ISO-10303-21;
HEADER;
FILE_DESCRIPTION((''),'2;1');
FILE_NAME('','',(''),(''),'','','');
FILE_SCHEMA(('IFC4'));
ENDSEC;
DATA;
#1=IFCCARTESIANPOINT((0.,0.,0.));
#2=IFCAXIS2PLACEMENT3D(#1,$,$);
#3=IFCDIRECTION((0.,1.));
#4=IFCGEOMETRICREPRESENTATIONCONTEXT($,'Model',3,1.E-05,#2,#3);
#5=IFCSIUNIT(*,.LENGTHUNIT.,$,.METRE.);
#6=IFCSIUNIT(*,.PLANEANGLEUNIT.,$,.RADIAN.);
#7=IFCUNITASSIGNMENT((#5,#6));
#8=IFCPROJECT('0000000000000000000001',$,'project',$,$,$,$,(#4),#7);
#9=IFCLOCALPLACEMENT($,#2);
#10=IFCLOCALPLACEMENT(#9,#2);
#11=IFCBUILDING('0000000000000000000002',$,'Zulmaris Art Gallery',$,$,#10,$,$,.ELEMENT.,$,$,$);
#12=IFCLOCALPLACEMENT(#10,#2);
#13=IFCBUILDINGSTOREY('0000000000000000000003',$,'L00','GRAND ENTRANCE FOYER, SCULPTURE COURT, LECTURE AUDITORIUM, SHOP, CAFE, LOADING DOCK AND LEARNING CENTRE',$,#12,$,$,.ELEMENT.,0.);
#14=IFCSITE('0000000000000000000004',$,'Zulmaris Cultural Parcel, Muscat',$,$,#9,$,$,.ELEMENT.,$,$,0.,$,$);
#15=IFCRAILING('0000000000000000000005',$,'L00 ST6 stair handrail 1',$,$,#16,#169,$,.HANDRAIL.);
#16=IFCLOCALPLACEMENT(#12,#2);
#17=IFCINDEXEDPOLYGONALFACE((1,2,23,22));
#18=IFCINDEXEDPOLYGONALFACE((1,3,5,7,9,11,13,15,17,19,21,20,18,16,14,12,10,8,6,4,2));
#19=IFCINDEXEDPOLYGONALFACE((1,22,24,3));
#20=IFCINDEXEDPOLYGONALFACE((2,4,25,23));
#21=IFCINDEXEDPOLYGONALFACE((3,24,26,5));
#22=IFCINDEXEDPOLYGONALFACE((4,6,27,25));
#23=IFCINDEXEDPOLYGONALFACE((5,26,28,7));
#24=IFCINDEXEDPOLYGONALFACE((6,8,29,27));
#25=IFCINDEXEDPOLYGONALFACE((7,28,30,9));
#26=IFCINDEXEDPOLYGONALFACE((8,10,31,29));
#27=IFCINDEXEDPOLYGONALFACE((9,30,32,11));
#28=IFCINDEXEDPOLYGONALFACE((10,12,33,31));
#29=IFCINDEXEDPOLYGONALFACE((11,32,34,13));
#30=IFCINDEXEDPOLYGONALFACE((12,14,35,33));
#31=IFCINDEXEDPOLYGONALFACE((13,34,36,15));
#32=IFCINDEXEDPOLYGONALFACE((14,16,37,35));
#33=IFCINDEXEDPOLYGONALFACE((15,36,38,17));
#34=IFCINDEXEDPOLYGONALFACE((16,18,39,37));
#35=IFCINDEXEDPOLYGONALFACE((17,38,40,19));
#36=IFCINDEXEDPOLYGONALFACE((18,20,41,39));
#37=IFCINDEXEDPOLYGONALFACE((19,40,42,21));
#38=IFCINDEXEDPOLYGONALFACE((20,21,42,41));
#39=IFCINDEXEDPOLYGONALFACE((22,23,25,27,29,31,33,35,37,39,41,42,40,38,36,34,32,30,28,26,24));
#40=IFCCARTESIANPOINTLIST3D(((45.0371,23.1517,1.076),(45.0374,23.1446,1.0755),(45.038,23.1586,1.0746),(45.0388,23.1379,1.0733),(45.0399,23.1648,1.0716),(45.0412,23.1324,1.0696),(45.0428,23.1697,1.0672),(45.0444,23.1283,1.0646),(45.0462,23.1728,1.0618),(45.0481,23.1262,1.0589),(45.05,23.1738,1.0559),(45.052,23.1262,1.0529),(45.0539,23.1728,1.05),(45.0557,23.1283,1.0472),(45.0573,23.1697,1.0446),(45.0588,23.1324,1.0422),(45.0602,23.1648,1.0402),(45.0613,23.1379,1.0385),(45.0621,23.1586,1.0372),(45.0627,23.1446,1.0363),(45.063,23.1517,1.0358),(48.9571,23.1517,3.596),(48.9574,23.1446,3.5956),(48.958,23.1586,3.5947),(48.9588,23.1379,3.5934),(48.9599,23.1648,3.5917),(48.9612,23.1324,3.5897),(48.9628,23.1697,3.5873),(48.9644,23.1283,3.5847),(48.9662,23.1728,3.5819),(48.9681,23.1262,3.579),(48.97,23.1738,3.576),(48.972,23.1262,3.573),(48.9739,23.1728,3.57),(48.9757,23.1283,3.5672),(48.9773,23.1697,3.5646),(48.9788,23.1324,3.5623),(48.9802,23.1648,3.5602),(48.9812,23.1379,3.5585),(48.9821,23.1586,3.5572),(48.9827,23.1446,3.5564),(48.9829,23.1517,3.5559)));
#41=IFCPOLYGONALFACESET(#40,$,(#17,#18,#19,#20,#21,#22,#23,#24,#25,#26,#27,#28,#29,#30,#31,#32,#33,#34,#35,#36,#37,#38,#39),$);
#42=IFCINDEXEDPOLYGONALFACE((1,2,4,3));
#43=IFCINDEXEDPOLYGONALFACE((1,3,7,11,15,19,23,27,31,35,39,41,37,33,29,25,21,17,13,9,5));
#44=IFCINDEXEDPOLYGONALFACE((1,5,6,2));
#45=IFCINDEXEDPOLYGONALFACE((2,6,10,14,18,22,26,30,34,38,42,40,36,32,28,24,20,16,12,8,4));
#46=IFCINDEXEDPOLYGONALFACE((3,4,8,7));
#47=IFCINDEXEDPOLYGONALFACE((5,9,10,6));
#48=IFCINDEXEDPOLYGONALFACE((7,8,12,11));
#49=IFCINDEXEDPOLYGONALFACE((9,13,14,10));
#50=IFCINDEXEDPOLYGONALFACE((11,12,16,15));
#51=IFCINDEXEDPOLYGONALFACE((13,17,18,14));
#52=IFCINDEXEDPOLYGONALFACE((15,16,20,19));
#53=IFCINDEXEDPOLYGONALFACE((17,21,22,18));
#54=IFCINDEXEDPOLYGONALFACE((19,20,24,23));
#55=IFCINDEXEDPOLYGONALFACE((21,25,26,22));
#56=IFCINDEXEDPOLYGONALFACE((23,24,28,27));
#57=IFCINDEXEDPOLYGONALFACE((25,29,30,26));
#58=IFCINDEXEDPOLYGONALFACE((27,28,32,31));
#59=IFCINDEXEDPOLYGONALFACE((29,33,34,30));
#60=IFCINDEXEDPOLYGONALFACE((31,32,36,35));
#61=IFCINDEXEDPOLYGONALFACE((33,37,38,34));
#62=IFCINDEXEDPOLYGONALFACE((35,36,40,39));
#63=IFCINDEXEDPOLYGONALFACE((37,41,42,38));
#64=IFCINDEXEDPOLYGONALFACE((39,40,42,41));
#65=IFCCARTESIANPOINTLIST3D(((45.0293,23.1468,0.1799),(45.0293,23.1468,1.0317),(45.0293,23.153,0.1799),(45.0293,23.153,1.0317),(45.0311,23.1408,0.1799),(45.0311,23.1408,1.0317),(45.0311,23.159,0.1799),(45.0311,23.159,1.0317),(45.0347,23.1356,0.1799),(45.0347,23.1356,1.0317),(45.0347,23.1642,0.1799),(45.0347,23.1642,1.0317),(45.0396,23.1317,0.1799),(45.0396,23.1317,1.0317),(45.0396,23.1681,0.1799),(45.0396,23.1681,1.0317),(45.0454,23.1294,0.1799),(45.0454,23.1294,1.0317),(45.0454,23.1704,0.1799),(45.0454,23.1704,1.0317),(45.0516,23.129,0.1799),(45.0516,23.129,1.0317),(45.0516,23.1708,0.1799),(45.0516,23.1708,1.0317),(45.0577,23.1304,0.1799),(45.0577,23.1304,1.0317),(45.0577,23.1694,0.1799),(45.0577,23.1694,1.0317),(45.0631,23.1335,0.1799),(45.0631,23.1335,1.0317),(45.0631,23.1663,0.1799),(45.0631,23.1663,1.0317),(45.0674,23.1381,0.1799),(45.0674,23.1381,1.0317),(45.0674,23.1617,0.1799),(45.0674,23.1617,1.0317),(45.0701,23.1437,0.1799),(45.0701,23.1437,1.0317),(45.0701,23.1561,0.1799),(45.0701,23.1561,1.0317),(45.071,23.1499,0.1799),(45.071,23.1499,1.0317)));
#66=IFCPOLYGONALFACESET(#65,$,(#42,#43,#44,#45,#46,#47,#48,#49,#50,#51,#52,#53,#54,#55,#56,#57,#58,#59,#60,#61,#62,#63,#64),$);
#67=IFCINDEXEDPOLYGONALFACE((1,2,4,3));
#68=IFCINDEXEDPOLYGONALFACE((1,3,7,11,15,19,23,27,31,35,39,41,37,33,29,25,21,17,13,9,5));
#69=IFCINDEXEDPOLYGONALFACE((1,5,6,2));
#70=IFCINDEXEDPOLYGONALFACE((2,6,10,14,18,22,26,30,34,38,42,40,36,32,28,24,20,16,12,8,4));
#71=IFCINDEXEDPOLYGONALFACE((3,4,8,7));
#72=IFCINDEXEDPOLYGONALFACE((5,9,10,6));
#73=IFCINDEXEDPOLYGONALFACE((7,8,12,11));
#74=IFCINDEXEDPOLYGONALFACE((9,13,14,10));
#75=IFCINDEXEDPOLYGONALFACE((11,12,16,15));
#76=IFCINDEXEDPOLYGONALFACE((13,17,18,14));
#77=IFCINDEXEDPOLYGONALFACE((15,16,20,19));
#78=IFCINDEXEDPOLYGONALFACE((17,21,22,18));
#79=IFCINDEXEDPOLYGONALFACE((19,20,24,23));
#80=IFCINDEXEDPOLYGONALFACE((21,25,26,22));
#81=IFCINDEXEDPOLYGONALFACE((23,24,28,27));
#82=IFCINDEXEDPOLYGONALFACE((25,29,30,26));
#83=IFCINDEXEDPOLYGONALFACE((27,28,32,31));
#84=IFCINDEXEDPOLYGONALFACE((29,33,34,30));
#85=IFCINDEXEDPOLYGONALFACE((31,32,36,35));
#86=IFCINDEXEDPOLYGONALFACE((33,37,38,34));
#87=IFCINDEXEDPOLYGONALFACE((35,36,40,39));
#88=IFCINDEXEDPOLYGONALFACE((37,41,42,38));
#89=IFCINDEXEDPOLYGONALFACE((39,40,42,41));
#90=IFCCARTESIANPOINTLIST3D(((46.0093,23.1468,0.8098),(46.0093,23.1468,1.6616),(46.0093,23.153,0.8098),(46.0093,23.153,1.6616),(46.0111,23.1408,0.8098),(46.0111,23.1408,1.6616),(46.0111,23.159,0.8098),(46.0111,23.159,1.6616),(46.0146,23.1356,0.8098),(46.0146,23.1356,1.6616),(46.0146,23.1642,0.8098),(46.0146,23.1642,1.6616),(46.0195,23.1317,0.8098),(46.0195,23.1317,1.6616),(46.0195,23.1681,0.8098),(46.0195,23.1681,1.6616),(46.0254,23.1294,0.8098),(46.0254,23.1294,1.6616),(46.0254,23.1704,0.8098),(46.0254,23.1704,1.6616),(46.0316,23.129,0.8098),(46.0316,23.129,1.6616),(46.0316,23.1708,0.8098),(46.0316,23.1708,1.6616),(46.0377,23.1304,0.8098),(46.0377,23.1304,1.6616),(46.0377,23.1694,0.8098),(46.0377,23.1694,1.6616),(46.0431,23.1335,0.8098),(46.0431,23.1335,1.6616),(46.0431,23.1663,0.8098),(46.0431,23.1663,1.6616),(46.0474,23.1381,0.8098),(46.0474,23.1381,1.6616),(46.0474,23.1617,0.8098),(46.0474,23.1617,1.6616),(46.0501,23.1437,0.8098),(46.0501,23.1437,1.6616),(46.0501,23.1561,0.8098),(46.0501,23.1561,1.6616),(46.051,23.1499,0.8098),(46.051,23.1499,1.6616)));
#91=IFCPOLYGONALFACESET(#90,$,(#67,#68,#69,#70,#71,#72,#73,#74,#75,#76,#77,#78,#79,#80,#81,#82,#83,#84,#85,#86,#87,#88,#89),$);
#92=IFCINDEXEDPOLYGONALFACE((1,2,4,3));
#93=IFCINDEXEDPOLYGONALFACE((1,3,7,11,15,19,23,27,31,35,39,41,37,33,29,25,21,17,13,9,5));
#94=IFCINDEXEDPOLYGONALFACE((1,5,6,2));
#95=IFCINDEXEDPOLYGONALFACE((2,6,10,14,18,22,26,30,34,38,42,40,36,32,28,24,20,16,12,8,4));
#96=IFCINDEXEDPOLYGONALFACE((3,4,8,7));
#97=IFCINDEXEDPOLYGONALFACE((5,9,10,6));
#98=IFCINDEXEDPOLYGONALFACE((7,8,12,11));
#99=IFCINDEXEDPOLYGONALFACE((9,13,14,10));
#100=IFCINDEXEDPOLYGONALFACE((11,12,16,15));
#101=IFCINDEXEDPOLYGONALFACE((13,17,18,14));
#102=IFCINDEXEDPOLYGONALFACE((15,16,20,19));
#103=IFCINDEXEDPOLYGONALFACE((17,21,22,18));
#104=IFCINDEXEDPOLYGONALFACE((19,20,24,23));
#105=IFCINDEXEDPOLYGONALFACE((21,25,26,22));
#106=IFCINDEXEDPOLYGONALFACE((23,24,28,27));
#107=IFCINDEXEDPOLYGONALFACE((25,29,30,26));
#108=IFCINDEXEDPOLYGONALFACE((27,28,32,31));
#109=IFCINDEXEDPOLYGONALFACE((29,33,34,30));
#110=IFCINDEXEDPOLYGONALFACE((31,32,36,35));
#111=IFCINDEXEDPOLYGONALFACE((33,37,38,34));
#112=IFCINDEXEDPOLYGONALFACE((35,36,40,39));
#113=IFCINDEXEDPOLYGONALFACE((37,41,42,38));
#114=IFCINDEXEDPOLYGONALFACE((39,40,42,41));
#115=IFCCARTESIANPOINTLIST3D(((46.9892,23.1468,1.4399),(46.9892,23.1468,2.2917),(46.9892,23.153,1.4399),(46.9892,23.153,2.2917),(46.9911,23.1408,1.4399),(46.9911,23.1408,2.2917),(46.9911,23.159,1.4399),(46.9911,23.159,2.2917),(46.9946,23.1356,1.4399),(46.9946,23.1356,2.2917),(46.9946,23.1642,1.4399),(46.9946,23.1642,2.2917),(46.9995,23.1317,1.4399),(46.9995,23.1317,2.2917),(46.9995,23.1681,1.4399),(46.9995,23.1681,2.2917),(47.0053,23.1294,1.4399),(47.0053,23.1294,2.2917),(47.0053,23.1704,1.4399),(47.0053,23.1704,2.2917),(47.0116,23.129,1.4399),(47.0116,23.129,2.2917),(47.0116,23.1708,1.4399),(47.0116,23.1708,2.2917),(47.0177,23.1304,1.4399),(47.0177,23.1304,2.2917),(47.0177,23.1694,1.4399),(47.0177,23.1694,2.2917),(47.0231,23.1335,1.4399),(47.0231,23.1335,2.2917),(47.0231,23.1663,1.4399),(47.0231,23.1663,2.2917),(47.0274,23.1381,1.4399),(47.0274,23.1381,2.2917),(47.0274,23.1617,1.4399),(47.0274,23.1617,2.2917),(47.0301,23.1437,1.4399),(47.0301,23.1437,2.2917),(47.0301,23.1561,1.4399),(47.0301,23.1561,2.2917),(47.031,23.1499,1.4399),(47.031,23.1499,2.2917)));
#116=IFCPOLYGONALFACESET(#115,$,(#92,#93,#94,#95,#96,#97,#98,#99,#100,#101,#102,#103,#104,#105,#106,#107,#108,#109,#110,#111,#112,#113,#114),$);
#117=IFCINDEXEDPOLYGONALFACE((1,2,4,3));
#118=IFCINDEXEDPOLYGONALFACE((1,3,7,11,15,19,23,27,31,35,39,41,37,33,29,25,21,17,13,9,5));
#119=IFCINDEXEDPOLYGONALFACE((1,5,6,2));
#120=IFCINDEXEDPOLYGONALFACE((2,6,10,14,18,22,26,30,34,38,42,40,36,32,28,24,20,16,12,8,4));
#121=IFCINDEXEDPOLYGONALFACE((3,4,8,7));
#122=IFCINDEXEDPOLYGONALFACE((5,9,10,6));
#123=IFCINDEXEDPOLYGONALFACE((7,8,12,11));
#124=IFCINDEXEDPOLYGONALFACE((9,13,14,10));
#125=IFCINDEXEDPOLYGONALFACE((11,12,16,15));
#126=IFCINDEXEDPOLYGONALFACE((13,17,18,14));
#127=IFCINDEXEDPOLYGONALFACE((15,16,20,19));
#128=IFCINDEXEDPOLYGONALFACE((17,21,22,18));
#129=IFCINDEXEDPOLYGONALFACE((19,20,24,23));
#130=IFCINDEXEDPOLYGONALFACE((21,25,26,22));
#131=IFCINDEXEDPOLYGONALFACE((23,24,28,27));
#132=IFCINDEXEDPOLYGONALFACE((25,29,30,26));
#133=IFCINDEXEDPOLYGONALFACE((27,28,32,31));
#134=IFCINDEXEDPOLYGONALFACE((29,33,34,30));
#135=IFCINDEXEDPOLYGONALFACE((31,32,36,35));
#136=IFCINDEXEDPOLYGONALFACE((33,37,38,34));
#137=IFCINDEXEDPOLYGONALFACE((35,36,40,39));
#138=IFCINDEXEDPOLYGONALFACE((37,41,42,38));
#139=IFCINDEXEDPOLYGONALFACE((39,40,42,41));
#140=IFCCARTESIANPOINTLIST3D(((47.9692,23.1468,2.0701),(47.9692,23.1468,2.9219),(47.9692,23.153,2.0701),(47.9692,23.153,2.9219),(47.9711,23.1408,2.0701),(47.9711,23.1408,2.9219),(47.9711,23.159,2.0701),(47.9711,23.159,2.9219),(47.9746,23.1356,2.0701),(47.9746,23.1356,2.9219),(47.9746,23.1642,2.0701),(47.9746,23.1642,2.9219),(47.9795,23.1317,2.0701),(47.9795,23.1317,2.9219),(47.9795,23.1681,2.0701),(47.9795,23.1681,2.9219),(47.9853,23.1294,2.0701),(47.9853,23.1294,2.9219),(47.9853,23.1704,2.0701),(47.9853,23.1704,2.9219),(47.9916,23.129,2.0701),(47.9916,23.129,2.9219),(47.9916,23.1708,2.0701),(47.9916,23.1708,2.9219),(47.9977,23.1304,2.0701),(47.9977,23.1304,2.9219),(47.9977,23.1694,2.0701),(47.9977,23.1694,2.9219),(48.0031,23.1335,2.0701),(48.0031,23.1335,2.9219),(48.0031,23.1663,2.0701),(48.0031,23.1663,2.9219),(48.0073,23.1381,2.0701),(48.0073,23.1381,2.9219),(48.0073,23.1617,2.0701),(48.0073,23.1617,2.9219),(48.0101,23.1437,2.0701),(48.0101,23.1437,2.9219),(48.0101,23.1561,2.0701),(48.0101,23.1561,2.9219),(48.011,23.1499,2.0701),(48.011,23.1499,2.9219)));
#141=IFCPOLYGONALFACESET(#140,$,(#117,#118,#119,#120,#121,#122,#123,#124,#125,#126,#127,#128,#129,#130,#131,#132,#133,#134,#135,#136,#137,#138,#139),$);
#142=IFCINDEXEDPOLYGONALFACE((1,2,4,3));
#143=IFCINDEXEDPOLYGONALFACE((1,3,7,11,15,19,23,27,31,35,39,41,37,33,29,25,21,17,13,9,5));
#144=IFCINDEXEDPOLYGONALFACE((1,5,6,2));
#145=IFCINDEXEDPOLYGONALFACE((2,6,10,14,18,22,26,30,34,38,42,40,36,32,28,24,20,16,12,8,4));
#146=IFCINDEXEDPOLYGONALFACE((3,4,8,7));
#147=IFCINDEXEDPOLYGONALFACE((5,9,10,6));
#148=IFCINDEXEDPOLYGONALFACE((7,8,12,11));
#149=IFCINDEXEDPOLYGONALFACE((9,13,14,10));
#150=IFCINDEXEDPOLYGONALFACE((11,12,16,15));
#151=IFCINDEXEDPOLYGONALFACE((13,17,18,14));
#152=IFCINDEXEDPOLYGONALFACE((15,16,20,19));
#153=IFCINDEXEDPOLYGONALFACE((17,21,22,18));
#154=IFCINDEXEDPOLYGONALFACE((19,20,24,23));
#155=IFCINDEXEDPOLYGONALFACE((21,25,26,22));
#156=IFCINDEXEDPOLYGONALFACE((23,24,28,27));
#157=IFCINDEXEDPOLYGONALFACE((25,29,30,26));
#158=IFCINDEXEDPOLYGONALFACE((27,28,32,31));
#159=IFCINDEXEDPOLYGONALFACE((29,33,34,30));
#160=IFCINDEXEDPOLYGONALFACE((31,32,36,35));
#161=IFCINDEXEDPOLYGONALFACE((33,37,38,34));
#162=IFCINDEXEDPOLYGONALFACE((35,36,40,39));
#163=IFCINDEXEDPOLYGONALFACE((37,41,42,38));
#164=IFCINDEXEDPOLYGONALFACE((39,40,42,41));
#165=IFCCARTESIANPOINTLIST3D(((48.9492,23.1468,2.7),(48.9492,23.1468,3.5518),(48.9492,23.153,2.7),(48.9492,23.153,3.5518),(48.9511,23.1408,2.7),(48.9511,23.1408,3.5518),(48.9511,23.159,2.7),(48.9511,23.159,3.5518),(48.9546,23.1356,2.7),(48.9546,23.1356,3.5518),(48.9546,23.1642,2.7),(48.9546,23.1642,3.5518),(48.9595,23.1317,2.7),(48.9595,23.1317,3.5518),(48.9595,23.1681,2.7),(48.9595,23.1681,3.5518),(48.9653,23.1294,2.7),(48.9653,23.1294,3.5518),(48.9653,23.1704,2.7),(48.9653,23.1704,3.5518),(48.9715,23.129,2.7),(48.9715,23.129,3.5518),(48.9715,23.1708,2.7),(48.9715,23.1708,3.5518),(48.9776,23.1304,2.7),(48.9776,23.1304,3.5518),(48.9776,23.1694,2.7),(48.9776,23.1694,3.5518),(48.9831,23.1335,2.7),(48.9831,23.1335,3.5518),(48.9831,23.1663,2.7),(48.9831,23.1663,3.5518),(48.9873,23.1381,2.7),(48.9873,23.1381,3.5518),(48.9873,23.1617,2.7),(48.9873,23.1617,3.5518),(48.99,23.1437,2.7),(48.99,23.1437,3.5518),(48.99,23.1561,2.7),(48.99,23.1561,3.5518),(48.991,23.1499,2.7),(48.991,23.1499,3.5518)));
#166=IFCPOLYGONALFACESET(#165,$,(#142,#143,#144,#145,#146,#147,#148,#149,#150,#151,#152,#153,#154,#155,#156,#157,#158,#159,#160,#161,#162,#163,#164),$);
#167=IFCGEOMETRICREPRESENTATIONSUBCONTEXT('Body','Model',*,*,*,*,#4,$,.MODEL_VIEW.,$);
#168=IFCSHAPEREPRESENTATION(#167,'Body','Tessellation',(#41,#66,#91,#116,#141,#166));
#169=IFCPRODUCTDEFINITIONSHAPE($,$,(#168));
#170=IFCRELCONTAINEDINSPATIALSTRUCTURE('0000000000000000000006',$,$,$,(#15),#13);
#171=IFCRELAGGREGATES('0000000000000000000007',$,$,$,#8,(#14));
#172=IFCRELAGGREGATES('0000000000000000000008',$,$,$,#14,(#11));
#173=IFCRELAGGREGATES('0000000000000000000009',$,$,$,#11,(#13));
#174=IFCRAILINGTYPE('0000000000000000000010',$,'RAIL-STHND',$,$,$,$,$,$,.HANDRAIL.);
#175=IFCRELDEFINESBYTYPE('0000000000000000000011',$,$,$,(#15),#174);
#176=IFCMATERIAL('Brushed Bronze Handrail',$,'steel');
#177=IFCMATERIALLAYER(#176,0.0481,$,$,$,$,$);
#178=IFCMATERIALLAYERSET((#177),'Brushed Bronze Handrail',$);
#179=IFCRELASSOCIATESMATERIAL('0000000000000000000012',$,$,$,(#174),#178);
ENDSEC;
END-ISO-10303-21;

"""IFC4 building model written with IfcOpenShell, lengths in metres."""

from ifc_helpers import new_model, si_unit, direction, frame, origin, origin_2d, place, context, subcontext, project, spatial, circle, extrude, material, layer, layer_set, type_object, element, save


model = new_model("IFC4")

# Units and contexts
model_context = context("Model", 3, precision=1e-05, world=origin(), true_north=direction((0.0, 1.0)))
body_context = subcontext(model_context, "Body", "Model", "MODEL_VIEW")
ifc_project = project(units=[si_unit("LENGTHUNIT", "METRE"), si_unit("PLANEANGLEUNIT", "RADIAN")], contexts=[model_context])

# Site, building, storey
site_placement = place(None, origin())
site = spatial("IfcSite", under=ifc_project, at=site_placement, Name="Zulmaris Cultural Parcel, Muscat", CompositionType="ELEMENT", RefElevation=0.0)
building_placement = place(site_placement, origin())
building = spatial("IfcBuilding", under=site, at=building_placement, Name="Zulmaris Art Gallery", CompositionType="ELEMENT")
storey_placement = place(building_placement, origin())
storey = spatial("IfcBuildingStorey", under=building, at=storey_placement, Name="L00", Description="GRAND ENTRANCE FOYER, SCULPTURE COURT, LECTURE AUDITORIUM, SHOP, CAFE, LOADING DOCK AND LEARNING CENTRE", CompositionType="ELEMENT", Elevation=0.0)

# Railing
ifc_material_1 = material(Name="Brushed Bronze Handrail", Category="steel")
ifc_layer_1 = layer(ifc_material_1, 0.0481)
ifc_layer_set_1 = layer_set([ifc_layer_1], Name="Brushed Bronze Handrail")
railing_type_1 = type_object("IfcRailingType", Name="RAIL-STHND", PredefinedType="HANDRAIL", material=ifc_layer_set_1)
railing_1_placement = place(storey_placement, frame((45.05, 23.1499, 0.1799)))
element("IfcRailing", 1, at=railing_1_placement, inside=storey, type_object=railing_type_1, Name="L00 ST6 stair handrail 1", PredefinedType="HANDRAIL", context=body_context, shape_type="SweptSolid", body=[
    extrude(circle(Radius=0.0239, at=origin_2d()), frame((0.0, 0.0, 0.876), z_axis=(0.841172, 0.0, 0.540768), x_axis=(0.0, 1.0, 0.0)), (0.0, 0.0, 1.0), 4.6602),
    extrude(circle(Radius=0.021, at=origin_2d()), origin(), (0.0, 0.0, 1.0), 0.8518),
    extrude(circle(Radius=0.021, at=origin_2d()), frame((0.98, 0.0, 0.6299)), (0.0, 0.0, 1.0), 0.8518),
    extrude(circle(Radius=0.021, at=origin_2d()), frame((1.96, 0.0, 1.26)), (0.0, 0.0, 1.0), 0.8518),
    extrude(circle(Radius=0.021, at=origin_2d()), frame((2.9399, 0.0, 1.8901)), (0.0, 0.0, 1.0), 0.8518),
    extrude(circle(Radius=0.021, at=origin_2d()), frame((3.9199, 0.0, 2.52)), (0.0, 0.0, 1.0), 0.8518),
])

save(model, "model.ifc")
